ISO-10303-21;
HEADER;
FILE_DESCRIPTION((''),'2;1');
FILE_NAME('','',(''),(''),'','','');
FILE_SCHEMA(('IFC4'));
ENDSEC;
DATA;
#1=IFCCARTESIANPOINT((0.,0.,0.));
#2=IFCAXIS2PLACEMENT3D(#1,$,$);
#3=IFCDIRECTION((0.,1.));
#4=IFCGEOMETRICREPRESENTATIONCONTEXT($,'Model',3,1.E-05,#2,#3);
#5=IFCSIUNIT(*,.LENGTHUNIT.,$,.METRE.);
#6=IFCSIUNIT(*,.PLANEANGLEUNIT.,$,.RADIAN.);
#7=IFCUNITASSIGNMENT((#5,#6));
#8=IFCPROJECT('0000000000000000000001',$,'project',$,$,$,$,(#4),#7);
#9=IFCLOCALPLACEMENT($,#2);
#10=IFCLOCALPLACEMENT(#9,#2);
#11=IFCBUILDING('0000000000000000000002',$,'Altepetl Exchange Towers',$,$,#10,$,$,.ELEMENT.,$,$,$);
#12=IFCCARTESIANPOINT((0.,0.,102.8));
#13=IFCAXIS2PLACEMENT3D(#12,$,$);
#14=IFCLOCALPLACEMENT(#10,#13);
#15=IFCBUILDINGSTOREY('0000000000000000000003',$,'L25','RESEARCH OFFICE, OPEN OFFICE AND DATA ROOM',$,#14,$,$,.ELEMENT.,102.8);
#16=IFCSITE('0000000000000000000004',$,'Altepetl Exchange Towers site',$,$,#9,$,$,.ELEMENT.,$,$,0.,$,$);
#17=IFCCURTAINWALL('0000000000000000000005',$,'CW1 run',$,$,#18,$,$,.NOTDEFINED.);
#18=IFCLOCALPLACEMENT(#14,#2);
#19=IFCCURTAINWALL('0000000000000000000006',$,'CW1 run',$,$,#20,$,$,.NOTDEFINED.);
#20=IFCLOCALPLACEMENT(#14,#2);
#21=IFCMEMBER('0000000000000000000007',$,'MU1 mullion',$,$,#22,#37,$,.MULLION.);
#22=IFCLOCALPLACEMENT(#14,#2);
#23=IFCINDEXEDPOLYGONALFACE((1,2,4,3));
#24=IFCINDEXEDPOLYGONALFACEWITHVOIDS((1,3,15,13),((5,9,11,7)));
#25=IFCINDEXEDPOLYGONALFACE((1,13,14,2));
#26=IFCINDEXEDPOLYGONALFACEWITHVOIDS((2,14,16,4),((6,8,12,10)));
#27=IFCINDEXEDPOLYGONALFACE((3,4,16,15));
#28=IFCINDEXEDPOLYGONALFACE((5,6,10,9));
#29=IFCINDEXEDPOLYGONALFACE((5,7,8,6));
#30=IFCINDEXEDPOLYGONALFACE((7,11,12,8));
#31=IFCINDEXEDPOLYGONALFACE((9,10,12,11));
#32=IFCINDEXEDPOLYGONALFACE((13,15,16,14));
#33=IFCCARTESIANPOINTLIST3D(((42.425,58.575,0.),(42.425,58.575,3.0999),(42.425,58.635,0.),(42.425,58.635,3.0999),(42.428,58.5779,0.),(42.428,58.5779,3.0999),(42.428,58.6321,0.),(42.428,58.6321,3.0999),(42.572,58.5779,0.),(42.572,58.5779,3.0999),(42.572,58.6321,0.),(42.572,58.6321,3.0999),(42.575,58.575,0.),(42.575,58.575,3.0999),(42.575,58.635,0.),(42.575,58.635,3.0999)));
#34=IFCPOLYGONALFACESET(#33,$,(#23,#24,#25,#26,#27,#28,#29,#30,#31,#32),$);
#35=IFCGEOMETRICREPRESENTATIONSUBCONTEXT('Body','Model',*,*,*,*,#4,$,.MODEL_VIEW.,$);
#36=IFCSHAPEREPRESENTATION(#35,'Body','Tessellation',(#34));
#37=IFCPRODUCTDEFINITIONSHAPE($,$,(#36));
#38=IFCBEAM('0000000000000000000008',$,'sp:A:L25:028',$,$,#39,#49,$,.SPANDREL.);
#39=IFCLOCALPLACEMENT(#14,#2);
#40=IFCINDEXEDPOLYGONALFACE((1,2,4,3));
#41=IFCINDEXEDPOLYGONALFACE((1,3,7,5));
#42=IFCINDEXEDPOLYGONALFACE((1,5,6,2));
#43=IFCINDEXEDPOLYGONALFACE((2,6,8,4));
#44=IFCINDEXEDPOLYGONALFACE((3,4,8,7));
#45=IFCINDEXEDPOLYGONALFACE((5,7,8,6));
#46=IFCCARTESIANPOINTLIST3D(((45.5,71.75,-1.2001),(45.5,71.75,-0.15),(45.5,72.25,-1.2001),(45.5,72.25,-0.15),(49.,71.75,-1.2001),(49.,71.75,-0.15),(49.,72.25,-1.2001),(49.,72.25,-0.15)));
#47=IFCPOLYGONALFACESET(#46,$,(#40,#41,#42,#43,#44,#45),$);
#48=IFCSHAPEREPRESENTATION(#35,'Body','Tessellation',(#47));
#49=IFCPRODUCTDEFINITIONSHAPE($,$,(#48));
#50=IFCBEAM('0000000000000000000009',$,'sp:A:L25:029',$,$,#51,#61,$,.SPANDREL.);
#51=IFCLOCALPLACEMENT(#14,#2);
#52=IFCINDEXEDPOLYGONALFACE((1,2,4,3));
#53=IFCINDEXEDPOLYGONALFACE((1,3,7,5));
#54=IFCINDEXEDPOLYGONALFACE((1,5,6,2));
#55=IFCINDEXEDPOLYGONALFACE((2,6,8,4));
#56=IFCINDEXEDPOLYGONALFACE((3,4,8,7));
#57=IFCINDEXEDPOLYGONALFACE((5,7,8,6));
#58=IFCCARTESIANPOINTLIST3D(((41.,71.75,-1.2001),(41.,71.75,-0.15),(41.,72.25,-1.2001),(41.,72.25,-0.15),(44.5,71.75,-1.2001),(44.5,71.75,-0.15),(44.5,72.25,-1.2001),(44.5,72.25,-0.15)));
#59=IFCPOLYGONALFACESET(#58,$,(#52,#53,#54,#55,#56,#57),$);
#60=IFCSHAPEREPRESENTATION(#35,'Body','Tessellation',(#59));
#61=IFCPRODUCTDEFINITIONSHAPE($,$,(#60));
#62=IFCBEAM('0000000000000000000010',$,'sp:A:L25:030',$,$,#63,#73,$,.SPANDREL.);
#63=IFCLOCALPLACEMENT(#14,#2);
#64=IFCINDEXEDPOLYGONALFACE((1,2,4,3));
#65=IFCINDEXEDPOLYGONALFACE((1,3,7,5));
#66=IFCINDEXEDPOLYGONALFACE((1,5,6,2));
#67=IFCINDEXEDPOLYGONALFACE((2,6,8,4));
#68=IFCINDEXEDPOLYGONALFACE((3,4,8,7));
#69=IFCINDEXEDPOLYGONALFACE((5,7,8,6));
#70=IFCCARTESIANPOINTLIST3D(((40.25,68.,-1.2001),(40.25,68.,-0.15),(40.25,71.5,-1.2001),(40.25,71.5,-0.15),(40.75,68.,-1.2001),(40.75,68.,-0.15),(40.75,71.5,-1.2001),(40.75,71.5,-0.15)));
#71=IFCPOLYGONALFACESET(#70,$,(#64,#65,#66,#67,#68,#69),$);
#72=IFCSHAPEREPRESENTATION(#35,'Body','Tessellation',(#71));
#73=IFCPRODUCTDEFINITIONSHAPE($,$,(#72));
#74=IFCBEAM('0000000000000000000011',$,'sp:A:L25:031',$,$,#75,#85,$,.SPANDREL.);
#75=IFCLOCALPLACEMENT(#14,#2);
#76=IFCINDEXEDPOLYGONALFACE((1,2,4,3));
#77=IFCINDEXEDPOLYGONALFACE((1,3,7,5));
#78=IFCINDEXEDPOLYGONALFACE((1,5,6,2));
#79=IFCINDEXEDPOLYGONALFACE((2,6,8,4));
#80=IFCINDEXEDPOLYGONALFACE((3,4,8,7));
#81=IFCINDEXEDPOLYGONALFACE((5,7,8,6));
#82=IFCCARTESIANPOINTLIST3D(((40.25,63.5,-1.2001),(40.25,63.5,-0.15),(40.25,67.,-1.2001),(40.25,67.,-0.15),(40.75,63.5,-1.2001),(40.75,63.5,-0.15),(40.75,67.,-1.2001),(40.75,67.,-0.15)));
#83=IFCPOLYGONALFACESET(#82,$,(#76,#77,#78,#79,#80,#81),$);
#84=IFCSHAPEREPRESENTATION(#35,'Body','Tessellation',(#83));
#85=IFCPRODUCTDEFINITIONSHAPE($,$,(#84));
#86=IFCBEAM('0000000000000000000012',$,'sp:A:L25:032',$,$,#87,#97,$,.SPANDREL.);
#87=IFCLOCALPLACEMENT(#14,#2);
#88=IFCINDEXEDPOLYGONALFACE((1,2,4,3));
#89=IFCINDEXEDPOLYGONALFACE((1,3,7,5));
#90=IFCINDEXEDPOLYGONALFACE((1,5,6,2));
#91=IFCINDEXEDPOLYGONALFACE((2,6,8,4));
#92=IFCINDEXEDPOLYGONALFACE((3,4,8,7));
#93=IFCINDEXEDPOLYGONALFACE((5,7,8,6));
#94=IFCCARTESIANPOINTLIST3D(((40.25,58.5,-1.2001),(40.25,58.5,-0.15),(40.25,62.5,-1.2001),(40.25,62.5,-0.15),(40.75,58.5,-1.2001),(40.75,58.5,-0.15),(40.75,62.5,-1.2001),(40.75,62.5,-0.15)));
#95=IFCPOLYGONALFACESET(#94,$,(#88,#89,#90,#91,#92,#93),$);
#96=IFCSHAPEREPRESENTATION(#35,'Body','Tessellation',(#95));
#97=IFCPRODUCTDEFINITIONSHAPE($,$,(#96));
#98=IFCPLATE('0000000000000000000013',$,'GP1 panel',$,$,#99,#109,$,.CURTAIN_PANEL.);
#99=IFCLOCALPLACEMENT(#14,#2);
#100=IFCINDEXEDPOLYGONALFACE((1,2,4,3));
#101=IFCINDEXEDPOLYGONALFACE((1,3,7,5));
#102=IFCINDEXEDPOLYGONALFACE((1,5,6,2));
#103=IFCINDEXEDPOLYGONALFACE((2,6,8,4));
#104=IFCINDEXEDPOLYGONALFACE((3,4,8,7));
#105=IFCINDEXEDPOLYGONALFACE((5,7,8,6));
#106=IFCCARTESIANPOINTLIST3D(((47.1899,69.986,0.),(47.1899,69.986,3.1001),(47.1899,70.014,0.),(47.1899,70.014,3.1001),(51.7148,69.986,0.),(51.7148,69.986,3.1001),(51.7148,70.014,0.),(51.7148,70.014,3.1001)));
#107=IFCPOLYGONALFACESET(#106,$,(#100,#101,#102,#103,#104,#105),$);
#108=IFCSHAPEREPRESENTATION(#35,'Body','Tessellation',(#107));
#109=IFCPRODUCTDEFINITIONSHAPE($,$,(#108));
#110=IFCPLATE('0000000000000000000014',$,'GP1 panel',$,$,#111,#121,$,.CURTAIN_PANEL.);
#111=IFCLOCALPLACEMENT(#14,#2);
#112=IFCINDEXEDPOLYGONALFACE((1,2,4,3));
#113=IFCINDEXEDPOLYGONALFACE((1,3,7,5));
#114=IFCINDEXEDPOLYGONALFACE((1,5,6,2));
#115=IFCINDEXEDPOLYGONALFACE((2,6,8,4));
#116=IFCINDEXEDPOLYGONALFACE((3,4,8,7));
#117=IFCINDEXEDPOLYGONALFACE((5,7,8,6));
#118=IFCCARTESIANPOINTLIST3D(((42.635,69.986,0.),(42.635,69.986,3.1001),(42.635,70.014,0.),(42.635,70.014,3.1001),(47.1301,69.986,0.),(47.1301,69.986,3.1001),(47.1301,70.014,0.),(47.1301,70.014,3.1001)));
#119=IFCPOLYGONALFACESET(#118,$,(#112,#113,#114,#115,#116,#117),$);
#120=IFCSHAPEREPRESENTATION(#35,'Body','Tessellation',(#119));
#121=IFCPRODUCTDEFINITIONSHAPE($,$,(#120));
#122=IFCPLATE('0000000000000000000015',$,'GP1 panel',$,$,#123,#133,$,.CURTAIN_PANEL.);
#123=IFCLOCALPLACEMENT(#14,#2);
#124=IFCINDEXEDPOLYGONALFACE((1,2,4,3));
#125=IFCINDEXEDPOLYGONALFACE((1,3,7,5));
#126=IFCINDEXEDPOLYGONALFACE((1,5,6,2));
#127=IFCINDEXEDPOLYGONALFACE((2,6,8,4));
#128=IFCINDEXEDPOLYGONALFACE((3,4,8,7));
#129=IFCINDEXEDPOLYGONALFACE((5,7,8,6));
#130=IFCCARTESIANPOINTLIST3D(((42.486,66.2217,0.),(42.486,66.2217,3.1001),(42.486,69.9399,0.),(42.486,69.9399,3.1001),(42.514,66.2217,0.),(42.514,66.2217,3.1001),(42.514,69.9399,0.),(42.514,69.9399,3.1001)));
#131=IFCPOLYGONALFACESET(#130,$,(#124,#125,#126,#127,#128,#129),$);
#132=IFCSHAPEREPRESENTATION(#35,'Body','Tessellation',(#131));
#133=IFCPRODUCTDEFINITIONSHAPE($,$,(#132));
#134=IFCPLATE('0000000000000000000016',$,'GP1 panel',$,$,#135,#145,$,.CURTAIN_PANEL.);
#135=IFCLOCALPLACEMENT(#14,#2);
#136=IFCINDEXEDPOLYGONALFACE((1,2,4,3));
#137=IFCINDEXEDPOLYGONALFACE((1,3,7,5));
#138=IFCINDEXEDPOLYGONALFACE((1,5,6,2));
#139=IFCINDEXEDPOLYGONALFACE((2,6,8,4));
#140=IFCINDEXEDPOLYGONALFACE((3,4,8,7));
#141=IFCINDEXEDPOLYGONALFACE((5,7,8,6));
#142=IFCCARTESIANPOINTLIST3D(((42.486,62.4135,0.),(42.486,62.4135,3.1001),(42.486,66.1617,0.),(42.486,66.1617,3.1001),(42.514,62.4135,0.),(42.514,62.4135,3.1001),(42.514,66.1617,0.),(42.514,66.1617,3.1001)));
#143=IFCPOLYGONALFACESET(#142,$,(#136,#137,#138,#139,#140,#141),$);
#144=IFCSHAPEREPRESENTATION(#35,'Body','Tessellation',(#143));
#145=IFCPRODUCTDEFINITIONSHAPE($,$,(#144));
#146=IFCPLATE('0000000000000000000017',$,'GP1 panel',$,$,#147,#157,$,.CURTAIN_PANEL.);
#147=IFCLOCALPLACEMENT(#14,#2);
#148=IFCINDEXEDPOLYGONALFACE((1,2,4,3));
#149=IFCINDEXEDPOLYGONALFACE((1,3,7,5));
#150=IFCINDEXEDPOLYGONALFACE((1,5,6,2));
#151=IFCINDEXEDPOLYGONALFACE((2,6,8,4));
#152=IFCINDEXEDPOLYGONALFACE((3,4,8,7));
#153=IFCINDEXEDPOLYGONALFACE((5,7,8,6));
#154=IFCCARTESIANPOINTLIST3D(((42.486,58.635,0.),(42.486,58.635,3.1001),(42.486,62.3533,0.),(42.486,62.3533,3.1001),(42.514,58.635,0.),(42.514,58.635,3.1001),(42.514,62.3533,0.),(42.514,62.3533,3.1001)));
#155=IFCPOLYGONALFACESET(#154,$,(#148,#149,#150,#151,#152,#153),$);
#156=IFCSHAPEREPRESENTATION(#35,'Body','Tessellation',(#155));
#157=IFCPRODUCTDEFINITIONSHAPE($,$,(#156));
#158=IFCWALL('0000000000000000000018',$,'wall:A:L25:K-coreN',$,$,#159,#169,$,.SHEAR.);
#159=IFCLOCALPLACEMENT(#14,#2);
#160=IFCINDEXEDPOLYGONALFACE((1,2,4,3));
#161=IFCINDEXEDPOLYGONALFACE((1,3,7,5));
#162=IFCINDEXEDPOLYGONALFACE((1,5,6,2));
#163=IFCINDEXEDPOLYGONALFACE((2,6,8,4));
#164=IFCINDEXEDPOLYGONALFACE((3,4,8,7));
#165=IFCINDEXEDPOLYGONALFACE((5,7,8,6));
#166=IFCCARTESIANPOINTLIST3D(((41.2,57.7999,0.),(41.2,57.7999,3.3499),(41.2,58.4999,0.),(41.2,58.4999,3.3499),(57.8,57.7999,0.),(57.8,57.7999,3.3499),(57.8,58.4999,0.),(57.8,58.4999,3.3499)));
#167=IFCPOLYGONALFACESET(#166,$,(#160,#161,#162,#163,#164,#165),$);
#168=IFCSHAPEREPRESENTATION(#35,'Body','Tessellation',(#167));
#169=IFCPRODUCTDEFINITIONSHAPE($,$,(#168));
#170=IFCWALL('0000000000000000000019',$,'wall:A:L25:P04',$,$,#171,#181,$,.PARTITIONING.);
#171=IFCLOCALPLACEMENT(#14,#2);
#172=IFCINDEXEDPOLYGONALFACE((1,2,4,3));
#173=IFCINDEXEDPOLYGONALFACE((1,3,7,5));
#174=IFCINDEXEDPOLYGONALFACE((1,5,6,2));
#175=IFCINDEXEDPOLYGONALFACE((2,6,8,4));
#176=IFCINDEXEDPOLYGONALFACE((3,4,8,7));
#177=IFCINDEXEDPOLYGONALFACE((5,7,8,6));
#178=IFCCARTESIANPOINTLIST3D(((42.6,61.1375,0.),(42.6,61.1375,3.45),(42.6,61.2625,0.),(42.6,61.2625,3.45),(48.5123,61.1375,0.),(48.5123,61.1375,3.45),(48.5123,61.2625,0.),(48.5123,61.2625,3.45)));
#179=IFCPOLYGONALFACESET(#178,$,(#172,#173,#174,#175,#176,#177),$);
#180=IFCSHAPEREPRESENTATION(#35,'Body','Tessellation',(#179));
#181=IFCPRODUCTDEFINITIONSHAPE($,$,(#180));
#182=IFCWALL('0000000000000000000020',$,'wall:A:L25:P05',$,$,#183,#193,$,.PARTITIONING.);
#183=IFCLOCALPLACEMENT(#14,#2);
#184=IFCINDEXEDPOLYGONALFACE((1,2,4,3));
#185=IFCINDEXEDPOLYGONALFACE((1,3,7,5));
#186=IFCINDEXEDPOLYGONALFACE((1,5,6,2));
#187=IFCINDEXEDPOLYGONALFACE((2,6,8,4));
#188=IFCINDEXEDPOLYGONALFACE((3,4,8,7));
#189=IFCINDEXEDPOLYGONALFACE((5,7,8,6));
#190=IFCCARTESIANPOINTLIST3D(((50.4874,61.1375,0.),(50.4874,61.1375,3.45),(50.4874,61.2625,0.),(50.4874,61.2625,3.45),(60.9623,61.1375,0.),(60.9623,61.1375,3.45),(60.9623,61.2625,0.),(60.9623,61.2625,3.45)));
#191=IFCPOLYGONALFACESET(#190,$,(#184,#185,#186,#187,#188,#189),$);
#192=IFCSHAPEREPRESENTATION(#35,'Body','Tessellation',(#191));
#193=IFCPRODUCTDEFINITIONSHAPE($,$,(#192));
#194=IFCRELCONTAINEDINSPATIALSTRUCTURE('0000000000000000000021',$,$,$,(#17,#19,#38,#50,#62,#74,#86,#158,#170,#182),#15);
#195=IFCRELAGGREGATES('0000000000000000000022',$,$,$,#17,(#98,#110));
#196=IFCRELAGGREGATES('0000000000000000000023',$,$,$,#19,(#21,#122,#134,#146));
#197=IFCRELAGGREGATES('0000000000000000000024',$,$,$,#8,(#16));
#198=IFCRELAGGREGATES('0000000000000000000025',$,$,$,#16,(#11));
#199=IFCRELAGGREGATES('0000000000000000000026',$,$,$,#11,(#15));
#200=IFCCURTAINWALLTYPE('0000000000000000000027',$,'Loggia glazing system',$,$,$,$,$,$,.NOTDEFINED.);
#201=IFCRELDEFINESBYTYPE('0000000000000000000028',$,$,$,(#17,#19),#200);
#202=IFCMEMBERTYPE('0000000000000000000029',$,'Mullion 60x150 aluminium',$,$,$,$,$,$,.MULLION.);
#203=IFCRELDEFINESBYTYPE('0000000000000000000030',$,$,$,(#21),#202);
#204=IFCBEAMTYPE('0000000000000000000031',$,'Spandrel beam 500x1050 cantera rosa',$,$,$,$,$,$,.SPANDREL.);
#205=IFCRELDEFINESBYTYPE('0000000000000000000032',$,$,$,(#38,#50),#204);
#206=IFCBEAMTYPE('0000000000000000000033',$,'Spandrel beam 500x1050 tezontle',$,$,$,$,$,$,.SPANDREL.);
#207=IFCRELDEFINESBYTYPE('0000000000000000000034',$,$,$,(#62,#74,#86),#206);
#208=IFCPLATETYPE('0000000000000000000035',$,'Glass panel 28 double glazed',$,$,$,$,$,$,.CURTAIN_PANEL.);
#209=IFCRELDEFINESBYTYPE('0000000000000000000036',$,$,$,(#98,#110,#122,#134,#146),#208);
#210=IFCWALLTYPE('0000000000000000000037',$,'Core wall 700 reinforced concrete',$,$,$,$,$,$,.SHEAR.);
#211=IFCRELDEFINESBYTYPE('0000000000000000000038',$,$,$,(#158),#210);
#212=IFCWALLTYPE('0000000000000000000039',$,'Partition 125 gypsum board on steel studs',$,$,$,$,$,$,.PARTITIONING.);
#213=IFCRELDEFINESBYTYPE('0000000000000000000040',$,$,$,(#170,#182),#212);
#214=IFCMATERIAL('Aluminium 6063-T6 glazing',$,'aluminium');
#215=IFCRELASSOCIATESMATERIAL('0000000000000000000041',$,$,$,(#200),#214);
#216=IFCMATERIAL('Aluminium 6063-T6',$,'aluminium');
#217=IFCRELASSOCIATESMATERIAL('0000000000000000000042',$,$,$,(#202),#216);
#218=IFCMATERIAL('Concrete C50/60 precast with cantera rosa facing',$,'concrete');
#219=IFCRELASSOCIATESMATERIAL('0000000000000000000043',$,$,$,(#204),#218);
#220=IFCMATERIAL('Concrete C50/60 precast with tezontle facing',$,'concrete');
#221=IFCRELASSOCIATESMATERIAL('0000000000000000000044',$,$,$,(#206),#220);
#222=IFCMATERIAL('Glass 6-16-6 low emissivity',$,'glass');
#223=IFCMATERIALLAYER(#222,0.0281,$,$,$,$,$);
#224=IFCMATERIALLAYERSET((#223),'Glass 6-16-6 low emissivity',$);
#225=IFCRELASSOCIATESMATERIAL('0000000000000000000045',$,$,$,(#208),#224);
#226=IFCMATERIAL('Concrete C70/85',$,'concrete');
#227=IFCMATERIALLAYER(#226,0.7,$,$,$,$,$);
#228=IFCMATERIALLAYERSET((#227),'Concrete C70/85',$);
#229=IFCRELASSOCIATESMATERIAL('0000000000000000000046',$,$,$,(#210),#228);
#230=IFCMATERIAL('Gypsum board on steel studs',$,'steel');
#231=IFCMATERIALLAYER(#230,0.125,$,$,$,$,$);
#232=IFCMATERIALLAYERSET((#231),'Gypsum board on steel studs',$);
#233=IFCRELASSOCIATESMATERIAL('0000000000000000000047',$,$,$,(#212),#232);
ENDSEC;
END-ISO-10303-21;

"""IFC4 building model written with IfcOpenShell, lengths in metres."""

from ifc_helpers import new_model, si_unit, direction, frame, frame_2d, origin, origin_2d, place, context, subcontext, project, spatial, rectangle, hollow_rectangle, extrude, material, layer, layer_set, material_profile, profile_set, type_object, element, aggregate, save


model = new_model("IFC4")

# Units and contexts
model_context = context("Model", 3, precision=1e-05, world=origin(), true_north=direction((0.0, 1.0)))
body_context = subcontext(model_context, "Body", "Model", "MODEL_VIEW")
ifc_project = project(units=[si_unit("LENGTHUNIT", "METRE"), si_unit("PLANEANGLEUNIT", "RADIAN")], contexts=[model_context])

# Site, building, storey
site_placement = place(None, origin())
site = spatial("IfcSite", under=ifc_project, at=site_placement, Name="Altepetl Exchange Towers site", CompositionType="ELEMENT", RefElevation=0.0)
building_placement = place(site_placement, origin())
building = spatial("IfcBuilding", under=site, at=building_placement, Name="Altepetl Exchange Towers", CompositionType="ELEMENT")
storey_placement = place(building_placement, frame((0.0, 0.0, 102.8)))
storey = spatial("IfcBuildingStorey", under=building, at=storey_placement, Name="L25", Description="RESEARCH OFFICE, OPEN OFFICE AND DATA ROOM", CompositionType="ELEMENT", Elevation=102.8)

# Curtain walls, member
ifc_material_1 = material(Name="Aluminium 6063-T6 glazing", Category="aluminium")
curtain_wall_type = type_object("IfcCurtainWallType", Name="Loggia glazing system", PredefinedType="NOTDEFINED", material=ifc_material_1)
curtain_wall_1_placement = place(storey_placement, origin())
curtain_wall_1 = element("IfcCurtainWall", 1, at=curtain_wall_1_placement, inside=storey, type_object=curtain_wall_type, Name="CW1 run", PredefinedType="NOTDEFINED")
ifc_material_2 = material(Name="Aluminium 6063-T6", Category="aluminium")
ifc_material_profile_1 = material_profile(ifc_material_2, hollow_rectangle(XDim=0.0601, YDim=0.1499, WallThickness=0.0029, at=origin_2d()), Name="Mullion 60x150 aluminium")
ifc_profile_set_1 = profile_set([ifc_material_profile_1], Name="Aluminium 6063-T6")
member_type = type_object("IfcMemberType", Name="Mullion 60x150 aluminium", PredefinedType="MULLION", material=ifc_profile_set_1)
curtain_wall_2_placement = place(storey_placement, origin())
curtain_wall_2 = element("IfcCurtainWall", 2, at=curtain_wall_2_placement, inside=storey, type_object=curtain_wall_type, Name="CW1 run", PredefinedType="NOTDEFINED")
member_1_placement = place(storey_placement, frame((42.5, 58.605, 0.0), z_axis=(0.0, 0.0, 1.0), x_axis=(0.0, -1.0, 0.0)))
member_1 = element("IfcMember", 3, at=member_1_placement, type_object=member_type, Name="MU1 mullion", PredefinedType="MULLION", context=body_context, shape_type="SweptSolid", body=[
    extrude(hollow_rectangle(XDim=0.0601, YDim=0.1499, WallThickness=0.0029, at=origin_2d()), origin(), (0.0, 0.0, 1.0), 3.0999),
])

# Beams
ifc_material_3 = material(Name="Concrete C50/60 precast with cantera rosa facing", Category="concrete")
ifc_material_profile_2 = material_profile(ifc_material_3, rectangle(XDim=0.5, YDim=1.05, at=origin_2d()), Name="500 x 1050")
ifc_profile_set_2 = profile_set([ifc_material_profile_2], Name="Concrete C50/60 precast with cantera rosa facing")
beam_type_1 = type_object("IfcBeamType", Name="Spandrel beam 500x1050 cantera rosa", PredefinedType="SPANDREL", material=ifc_profile_set_2)
for number, where, z_axis, x_axis, name in (
    (4, (49.0, 72.0, -0.675), (-1.0, 0.0, 0.0), (0.0, -1.0, 0.0), "sp:A:L25:028"),
    (5, (44.5, 72.0, -0.675), (-1.0, 0.0, 0.0), (0.0, -1.0, 0.0), "sp:A:L25:029"),
):
    element("IfcBeam", number, at=place(storey_placement, frame(where, z_axis=z_axis, x_axis=x_axis)), inside=storey, type_object=beam_type_1, Name=name, PredefinedType="SPANDREL", context=body_context, shape_type="SweptSolid", body=[
        extrude(rectangle(XDim=0.5, YDim=1.05, at=origin_2d()), origin(), (0.0, 0.0, 1.0), 3.5),
    ])
ifc_material_4 = material(Name="Concrete C50/60 precast with tezontle facing", Category="concrete")
ifc_material_profile_3 = material_profile(ifc_material_4, rectangle(XDim=0.5, YDim=1.05, at=origin_2d()), Name="500 x 1050")
ifc_profile_set_3 = profile_set([ifc_material_profile_3], Name="Concrete C50/60 precast with tezontle facing")
beam_type_2 = type_object("IfcBeamType", Name="Spandrel beam 500x1050 tezontle", PredefinedType="SPANDREL", material=ifc_profile_set_3)
for number, where, z_axis, x_axis, name in (
    (6, (40.5, 71.5, -0.675), (0.0, -1.0, 0.0), (1.0, 0.0, 0.0), "sp:A:L25:030"),
    (7, (40.5, 67.0, -0.675), (0.0, -1.0, 0.0), (1.0, 0.0, 0.0), "sp:A:L25:031"),
):
    element("IfcBeam", number, at=place(storey_placement, frame(where, z_axis=z_axis, x_axis=x_axis)), inside=storey, type_object=beam_type_2, Name=name, PredefinedType="SPANDREL", context=body_context, shape_type="SweptSolid", body=[
        extrude(rectangle(XDim=0.5, YDim=1.05, at=origin_2d()), origin(), (0.0, 0.0, 1.0), 3.5),
    ])
beam_placement = place(storey_placement, frame((40.5, 62.5, -0.675), z_axis=(0.0, -1.0, 0.0), x_axis=(1.0, 0.0, 0.0)))
element("IfcBeam", 8, at=beam_placement, inside=storey, type_object=beam_type_2, Name="sp:A:L25:032", PredefinedType="SPANDREL", context=body_context, shape_type="SweptSolid", body=[
    extrude(rectangle(XDim=0.5, YDim=1.05, at=origin_2d()), origin(), (0.0, 0.0, 1.0), 4.0),
])

# Plates
ifc_material_5 = material(Name="Glass 6-16-6 low emissivity", Category="glass")
ifc_layer_1 = layer(ifc_material_5, 0.0281)
ifc_layer_set_1 = layer_set([ifc_layer_1], Name="Glass 6-16-6 low emissivity")
plate_type = type_object("IfcPlateType", Name="Glass panel 28 double glazed", PredefinedType="CURTAIN_PANEL", material=ifc_layer_set_1)
plate_1_placement = place(storey_placement, frame((49.4524, 70.0, 0.0), z_axis=(0.0, 0.0, 1.0), x_axis=(-1.0, 0.0, 0.0)))
plate_1 = element("IfcPlate", 9, at=plate_1_placement, type_object=plate_type, Name="GP1 panel", PredefinedType="CURTAIN_PANEL", context=body_context, shape_type="SweptSolid", body=[
    extrude(rectangle(XDim=4.5249, YDim=0.0281, at=origin_2d()), origin(), (0.0, 0.0, 1.0), 3.1001),
])
plate_2_placement = place(storey_placement, frame((44.8826, 70.0, 0.0), z_axis=(0.0, 0.0, 1.0), x_axis=(-1.0, 0.0, 0.0)))
plate_2 = element("IfcPlate", 10, at=plate_2_placement, type_object=plate_type, Name="GP1 panel", PredefinedType="CURTAIN_PANEL", context=body_context, shape_type="SweptSolid", body=[
    extrude(rectangle(XDim=4.4951, YDim=0.0281, at=origin_2d()), origin(), (0.0, 0.0, 1.0), 3.1001),
])
aggregate(curtain_wall_1, [plate_1, plate_2])
plate_3_placement = place(storey_placement, frame((42.5, 68.0808, 0.0), z_axis=(0.0, 0.0, 1.0), x_axis=(0.0, -1.0, 0.0)))
plate_3 = element("IfcPlate", 11, at=plate_3_placement, type_object=plate_type, Name="GP1 panel", PredefinedType="CURTAIN_PANEL", context=body_context, shape_type="SweptSolid", body=[
    extrude(rectangle(XDim=3.7183, YDim=0.0281, at=origin_2d()), origin(), (0.0, 0.0, 1.0), 3.1001),
])
plate_4_placement = place(storey_placement, frame((42.5, 64.2876, 0.0), z_axis=(0.0, 0.0, 1.0), x_axis=(0.0, -1.0, 0.0)))
plate_4 = element("IfcPlate", 12, at=plate_4_placement, type_object=plate_type, Name="GP1 panel", PredefinedType="CURTAIN_PANEL", context=body_context, shape_type="SweptSolid", body=[
    extrude(rectangle(XDim=3.7483, YDim=0.0281, at=origin_2d()), origin(), (0.0, 0.0, 1.0), 3.1001),
])
plate_5_placement = place(storey_placement, frame((42.5, 60.4941, 0.0), z_axis=(0.0, 0.0, 1.0), x_axis=(0.0, -1.0, 0.0)))
plate_5 = element("IfcPlate", 13, at=plate_5_placement, type_object=plate_type, Name="GP1 panel", PredefinedType="CURTAIN_PANEL", context=body_context, shape_type="SweptSolid", body=[
    extrude(rectangle(XDim=3.7183, YDim=0.0281, at=origin_2d()), origin(), (0.0, 0.0, 1.0), 3.1001),
])
aggregate(curtain_wall_2, [member_1, plate_3, plate_4, plate_5])

# Walls
ifc_material_6 = material(Name="Concrete C70/85", Category="concrete")
ifc_layer_2 = layer(ifc_material_6, 0.7)
ifc_layer_set_2 = layer_set([ifc_layer_2], Name="Concrete C70/85")
wall_type_1 = type_object("IfcWallType", Name="Core wall 700 reinforced concrete", PredefinedType="SHEAR", material=ifc_layer_set_2)
wall_1_placement = place(storey_placement, frame((41.2, 58.1499, 0.0)))
element("IfcWall", 14, at=wall_1_placement, inside=storey, type_object=wall_type_1, Name="wall:A:L25:K-coreN", PredefinedType="SHEAR", context=body_context, shape_type="SweptSolid", body=[
    extrude(rectangle(XDim=16.6001, YDim=0.7, at=frame_2d((8.3, 0.0))), origin(), (0.0, 0.0, 1.0), 3.3499),
])
ifc_material_7 = material(Name="Gypsum board on steel studs", Category="steel")
ifc_layer_3 = layer(ifc_material_7, 0.125)
ifc_layer_set_3 = layer_set([ifc_layer_3], Name="Gypsum board on steel studs")
wall_type_2 = type_object("IfcWallType", Name="Partition 125 gypsum board on steel studs", PredefinedType="PARTITIONING", material=ifc_layer_set_3)
wall_2_placement = place(storey_placement, frame((42.6001, 61.2, 0.0)))
element("IfcWall", 15, at=wall_2_placement, inside=storey, type_object=wall_type_2, Name="wall:A:L25:P04", PredefinedType="PARTITIONING", context=body_context, shape_type="SweptSolid", body=[
    extrude(rectangle(XDim=5.9124, YDim=0.125, at=frame_2d((2.9561, 0.0))), origin(), (0.0, 0.0, 1.0), 3.45),
])
wall_3_placement = place(storey_placement, frame((50.4875, 61.2, 0.0)))
element("IfcWall", 16, at=wall_3_placement, inside=storey, type_object=wall_type_2, Name="wall:A:L25:P05", PredefinedType="PARTITIONING", context=body_context, shape_type="SweptSolid", body=[
    extrude(rectangle(XDim=10.4749, YDim=0.125, at=frame_2d((5.2373, 0.0))), origin(), (0.0, 0.0, 1.0), 3.45),
])

save(model, "model.ifc")
